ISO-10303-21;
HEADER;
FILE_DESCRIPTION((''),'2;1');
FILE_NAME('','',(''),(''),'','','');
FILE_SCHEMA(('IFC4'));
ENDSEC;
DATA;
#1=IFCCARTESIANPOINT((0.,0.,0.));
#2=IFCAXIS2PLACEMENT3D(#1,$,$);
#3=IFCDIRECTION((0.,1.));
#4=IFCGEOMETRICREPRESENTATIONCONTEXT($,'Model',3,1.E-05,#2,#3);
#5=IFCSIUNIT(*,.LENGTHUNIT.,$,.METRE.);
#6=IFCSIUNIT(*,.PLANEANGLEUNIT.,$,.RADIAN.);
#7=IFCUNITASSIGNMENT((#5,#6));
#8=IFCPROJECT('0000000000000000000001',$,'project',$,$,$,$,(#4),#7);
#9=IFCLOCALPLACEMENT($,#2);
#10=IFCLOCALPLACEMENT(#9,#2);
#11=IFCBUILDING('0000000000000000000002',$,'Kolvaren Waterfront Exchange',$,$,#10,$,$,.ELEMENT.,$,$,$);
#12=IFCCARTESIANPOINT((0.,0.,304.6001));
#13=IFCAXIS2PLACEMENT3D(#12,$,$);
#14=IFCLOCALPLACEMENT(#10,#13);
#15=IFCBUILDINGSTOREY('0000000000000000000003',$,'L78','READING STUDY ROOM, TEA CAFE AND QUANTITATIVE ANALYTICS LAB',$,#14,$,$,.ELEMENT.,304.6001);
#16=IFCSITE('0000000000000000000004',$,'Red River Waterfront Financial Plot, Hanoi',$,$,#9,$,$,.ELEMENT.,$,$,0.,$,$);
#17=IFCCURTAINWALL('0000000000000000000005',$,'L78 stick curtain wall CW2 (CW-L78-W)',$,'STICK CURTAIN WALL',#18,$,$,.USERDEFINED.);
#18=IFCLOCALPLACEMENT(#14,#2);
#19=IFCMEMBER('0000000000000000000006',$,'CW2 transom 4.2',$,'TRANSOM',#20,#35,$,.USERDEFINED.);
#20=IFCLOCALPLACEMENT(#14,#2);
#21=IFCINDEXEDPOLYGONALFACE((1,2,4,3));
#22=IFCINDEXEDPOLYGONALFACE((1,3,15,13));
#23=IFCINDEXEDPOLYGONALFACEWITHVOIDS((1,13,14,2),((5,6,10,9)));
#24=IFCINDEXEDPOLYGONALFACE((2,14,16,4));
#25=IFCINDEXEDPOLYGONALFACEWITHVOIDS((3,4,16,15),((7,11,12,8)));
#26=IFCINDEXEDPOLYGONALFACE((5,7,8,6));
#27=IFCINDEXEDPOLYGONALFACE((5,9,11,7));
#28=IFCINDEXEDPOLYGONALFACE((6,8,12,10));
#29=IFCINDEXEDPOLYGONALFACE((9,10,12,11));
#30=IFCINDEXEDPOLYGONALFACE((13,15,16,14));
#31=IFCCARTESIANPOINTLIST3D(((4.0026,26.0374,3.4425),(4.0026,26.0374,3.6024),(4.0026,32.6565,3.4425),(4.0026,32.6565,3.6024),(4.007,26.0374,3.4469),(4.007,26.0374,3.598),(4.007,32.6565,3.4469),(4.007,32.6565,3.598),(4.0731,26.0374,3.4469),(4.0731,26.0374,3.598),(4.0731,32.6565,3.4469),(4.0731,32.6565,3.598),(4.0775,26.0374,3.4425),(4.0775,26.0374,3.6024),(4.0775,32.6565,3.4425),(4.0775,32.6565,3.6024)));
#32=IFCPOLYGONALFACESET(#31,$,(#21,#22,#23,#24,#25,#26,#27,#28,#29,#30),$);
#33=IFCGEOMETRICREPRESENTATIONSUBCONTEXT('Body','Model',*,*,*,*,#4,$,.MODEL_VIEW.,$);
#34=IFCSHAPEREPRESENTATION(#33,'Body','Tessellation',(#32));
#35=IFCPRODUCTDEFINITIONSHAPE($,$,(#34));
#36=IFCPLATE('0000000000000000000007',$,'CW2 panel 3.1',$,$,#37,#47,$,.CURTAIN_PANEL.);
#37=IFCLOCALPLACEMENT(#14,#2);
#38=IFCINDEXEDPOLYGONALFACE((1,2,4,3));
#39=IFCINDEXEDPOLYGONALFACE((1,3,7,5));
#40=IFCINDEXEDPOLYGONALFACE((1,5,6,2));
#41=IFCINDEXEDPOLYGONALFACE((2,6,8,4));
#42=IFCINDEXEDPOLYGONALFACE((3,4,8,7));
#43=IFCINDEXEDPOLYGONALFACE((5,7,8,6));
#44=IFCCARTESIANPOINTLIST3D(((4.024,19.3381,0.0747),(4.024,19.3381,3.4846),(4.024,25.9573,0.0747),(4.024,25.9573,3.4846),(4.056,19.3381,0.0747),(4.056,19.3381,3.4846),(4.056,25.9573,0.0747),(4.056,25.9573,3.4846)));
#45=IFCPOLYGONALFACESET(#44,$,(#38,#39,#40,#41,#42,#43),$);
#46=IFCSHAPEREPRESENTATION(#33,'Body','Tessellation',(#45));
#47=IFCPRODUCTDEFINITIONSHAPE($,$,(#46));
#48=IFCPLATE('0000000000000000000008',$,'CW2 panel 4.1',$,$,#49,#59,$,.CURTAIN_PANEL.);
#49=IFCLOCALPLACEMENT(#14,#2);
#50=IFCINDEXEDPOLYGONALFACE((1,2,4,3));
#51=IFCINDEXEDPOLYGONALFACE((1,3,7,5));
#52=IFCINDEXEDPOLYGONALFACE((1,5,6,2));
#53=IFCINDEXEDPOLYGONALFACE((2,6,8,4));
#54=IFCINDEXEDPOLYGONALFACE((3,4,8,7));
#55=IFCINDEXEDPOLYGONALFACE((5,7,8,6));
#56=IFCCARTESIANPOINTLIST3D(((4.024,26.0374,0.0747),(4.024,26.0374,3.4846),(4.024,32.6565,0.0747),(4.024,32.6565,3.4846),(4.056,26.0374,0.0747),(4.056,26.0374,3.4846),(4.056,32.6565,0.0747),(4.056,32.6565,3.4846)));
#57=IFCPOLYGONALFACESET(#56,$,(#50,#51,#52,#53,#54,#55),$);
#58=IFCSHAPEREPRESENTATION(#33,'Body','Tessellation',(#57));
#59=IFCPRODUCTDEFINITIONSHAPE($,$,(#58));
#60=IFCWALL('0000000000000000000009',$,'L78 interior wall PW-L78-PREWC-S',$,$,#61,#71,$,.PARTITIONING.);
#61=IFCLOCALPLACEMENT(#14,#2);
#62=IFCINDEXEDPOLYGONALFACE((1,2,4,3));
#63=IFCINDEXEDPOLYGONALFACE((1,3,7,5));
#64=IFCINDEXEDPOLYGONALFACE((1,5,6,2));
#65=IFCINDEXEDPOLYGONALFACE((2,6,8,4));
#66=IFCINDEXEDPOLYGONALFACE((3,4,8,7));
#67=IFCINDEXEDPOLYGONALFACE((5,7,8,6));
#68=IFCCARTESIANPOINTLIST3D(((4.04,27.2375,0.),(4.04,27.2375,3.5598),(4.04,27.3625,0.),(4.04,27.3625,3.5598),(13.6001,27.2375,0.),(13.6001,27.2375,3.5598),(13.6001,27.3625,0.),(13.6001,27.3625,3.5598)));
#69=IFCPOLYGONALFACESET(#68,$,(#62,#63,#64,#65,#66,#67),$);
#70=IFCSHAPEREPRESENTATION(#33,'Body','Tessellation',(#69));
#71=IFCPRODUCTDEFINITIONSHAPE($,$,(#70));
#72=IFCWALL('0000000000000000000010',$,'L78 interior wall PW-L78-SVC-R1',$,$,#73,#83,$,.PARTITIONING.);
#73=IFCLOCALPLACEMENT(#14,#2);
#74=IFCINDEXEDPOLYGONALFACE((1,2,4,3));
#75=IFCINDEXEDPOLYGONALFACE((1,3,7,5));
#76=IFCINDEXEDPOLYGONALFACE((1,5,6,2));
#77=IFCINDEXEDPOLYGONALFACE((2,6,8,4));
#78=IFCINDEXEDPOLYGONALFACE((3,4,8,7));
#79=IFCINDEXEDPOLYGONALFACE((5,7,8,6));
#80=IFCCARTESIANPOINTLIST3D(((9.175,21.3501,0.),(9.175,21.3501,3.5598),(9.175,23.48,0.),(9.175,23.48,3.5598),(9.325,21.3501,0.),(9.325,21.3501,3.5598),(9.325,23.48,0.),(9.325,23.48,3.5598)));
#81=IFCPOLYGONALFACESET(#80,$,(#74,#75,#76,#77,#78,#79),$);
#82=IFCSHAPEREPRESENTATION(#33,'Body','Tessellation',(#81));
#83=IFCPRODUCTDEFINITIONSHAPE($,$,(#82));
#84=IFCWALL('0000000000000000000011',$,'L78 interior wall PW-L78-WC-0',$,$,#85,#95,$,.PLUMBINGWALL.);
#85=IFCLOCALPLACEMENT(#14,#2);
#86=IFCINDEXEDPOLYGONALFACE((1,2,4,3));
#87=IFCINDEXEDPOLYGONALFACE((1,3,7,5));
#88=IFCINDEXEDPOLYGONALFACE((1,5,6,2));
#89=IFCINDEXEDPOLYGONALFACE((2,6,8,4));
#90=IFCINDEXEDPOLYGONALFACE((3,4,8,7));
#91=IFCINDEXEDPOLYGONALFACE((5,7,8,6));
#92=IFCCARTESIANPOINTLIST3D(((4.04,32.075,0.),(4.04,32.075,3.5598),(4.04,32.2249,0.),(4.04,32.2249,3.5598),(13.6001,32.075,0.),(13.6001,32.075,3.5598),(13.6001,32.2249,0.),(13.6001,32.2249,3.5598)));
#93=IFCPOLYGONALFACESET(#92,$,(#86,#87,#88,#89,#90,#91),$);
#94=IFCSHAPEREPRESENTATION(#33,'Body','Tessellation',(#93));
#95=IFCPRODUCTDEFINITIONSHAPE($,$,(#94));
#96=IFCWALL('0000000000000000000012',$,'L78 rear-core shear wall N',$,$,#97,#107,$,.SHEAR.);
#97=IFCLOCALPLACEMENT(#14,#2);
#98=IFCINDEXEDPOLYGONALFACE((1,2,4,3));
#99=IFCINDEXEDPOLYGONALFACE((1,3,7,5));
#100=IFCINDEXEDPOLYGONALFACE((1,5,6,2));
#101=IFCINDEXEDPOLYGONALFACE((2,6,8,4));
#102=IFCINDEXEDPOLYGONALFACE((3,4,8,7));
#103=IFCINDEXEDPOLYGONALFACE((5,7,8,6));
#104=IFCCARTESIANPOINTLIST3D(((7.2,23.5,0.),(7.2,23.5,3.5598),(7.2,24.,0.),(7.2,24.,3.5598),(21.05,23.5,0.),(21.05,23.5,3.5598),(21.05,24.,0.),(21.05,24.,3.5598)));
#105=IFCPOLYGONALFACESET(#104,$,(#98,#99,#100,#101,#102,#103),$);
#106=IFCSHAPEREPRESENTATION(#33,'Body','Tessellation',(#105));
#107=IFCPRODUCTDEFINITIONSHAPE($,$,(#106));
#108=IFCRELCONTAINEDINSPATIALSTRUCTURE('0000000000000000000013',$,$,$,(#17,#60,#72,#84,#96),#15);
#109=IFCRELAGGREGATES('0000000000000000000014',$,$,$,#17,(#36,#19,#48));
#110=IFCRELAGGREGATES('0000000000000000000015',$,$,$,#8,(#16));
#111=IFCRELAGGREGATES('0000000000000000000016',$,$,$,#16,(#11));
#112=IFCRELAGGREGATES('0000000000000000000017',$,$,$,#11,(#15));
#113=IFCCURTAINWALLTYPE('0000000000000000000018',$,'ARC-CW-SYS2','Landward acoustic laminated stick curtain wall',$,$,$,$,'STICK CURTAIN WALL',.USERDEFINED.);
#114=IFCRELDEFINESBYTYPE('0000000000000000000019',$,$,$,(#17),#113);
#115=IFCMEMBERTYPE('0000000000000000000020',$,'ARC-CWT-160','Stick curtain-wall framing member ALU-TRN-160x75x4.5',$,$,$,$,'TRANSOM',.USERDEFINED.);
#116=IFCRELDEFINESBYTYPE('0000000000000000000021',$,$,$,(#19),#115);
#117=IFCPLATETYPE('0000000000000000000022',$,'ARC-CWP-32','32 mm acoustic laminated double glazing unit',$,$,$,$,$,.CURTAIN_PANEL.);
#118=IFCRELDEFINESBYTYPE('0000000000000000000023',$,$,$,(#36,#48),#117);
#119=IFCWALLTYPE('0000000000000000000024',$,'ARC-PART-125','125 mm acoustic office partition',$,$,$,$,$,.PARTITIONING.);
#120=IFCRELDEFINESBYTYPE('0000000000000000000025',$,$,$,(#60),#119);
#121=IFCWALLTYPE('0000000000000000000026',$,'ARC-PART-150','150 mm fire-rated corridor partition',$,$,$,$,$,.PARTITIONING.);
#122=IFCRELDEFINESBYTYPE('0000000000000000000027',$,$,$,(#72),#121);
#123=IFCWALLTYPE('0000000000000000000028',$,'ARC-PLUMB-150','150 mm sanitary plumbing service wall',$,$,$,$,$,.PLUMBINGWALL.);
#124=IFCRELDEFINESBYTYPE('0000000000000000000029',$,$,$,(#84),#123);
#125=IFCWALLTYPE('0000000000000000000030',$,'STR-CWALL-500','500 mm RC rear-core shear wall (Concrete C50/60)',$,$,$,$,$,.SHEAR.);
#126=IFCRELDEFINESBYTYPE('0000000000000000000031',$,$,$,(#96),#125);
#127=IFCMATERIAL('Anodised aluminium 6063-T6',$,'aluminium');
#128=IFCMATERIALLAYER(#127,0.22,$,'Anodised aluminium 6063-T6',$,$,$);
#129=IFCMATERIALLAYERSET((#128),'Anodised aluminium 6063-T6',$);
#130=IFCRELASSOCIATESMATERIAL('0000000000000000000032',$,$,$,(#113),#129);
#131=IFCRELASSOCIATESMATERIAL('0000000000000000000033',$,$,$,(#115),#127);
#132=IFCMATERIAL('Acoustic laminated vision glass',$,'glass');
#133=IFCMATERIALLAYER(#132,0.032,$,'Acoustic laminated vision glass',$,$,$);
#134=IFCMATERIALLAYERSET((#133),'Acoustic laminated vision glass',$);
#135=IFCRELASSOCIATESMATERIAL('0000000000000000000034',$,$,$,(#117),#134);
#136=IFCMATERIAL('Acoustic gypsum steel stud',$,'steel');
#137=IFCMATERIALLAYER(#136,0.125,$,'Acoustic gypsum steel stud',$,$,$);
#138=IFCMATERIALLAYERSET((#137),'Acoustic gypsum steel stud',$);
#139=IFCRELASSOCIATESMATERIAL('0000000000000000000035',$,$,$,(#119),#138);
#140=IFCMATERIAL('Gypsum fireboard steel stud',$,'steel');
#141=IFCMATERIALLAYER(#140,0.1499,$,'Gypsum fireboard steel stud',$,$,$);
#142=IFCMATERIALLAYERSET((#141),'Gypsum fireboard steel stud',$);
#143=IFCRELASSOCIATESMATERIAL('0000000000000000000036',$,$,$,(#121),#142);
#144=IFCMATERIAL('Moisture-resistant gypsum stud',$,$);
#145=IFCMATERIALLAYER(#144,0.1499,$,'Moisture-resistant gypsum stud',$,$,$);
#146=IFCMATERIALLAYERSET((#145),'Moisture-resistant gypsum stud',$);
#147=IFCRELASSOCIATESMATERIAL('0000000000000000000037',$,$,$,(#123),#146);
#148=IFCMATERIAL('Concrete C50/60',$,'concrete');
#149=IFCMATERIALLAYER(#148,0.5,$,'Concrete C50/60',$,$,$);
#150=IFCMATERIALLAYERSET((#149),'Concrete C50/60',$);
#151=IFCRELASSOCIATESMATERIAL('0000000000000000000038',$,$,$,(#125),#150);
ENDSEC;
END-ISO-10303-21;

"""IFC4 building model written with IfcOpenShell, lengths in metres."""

from ifc_helpers import new_model, si_unit, direction, frame, frame_2d, origin, origin_with_axes, origin_2d, place, context, subcontext, project, spatial, rectangle, hollow_rectangle, extrude, source, transform, mapped, material, layer, layer_set, material_profile, profile_set, type_object, element, aggregate, save


model = new_model("IFC4")

# Units and contexts
model_context = context("Model", 3, precision=1e-05, world=origin(), true_north=direction((0.0, 1.0)))
body_context = subcontext(model_context, "Body", "Model", "MODEL_VIEW")
ifc_project = project(units=[si_unit("LENGTHUNIT", "METRE"), si_unit("PLANEANGLEUNIT", "RADIAN")], contexts=[model_context])

# Site, building, storey
site_placement = place(None, origin())
site = spatial("IfcSite", under=ifc_project, at=site_placement, Name="Red River Waterfront Financial Plot, Hanoi", CompositionType="ELEMENT", RefElevation=0.0)
building_placement = place(site_placement, origin())
building = spatial("IfcBuilding", under=site, at=building_placement, Name="Kolvaren Waterfront Exchange", CompositionType="ELEMENT")
storey_placement = place(building_placement, frame((0.0, 0.0, 304.6001)))
storey = spatial("IfcBuildingStorey", under=building, at=storey_placement, Name="L78", Description="READING STUDY ROOM, TEA CAFE AND QUANTITATIVE ANALYTICS LAB", CompositionType="ELEMENT", Elevation=304.6001)

# Shared definitions
ifc_material_1 = material(Name="Concrete C50/60", Category="concrete")

# Curtain wall, member, plates
ifc_material_2 = material(Name="Anodised aluminium 6063-T6", Category="aluminium")
ifc_layer_1 = layer(ifc_material_2, 0.22, Name="Anodised aluminium 6063-T6")
ifc_layer_set_1 = layer_set([ifc_layer_1], Name="Anodised aluminium 6063-T6")
curtain_wall_type = type_object("IfcCurtainWallType", Name="ARC-CW-SYS2", Description="Landward acoustic laminated stick curtain wall", ElementType="STICK CURTAIN WALL", PredefinedType="USERDEFINED", material=ifc_layer_set_1)
curtain_wall_placement = place(storey_placement, origin())
curtain_wall = element("IfcCurtainWall", 1, at=curtain_wall_placement, inside=storey, type_object=curtain_wall_type, Name="L78 stick curtain wall CW2 (CW-L78-W)", ObjectType="STICK CURTAIN WALL", PredefinedType="USERDEFINED")
ifc_material_profile_1 = material_profile(ifc_material_2, hollow_rectangle(XDim=0.075, YDim=0.1599, WallThickness=0.0044, at=origin_2d()), Name="ALU-TRN-160x75x4.5")
ifc_profile_set_1 = profile_set([ifc_material_profile_1], Name="Anodised aluminium 6063-T6")
member_type_1 = type_object("IfcMemberType", Name="ARC-CWT-160", Description="Stick curtain-wall framing member ALU-TRN-160x75x4.5", ElementType="TRANSOM", PredefinedType="USERDEFINED", material=ifc_profile_set_1)
shared_shape_1 = source(origin_with_axes(), body_context, "Body", "SweptSolid", [
    extrude(hollow_rectangle(XDim=0.075, YDim=0.1599, WallThickness=0.0044, at=origin_2d()), origin(), (0.0, 0.0, 1.0), 6.6191),
])
member_1_placement = place(storey_placement, frame((4.04, 26.0374, 3.5225), z_axis=(0.0, 1.0, 0.0), x_axis=(-1.0, 0.0, 0.0)))
member_1 = element("IfcMember", 2, at=member_1_placement, type_object=member_type_1, Name="CW2 transom 4.2", ObjectType="TRANSOM", PredefinedType="USERDEFINED", context=body_context, shape_type="MappedRepresentation", body=[
    mapped(shared_shape_1, transform((0.0, 0.0, 0.0), x_axis=(1.0, 0.0, 0.0), y_axis=(0.0, 1.0, 0.0), z_axis=(0.0, 0.0, 1.0), scale=1.0)),
])
ifc_material_3 = material(Name="Acoustic laminated vision glass", Category="glass")
ifc_layer_2 = layer(ifc_material_3, 0.032, Name="Acoustic laminated vision glass")
ifc_layer_set_2 = layer_set([ifc_layer_2], Name="Acoustic laminated vision glass")
plate_type = type_object("IfcPlateType", Name="ARC-CWP-32", Description="32 mm acoustic laminated double glazing unit", PredefinedType="CURTAIN_PANEL", material=ifc_layer_set_2)
shared_shape_2 = source(origin_with_axes(), body_context, "Body", "SweptSolid", [
    extrude(rectangle(XDim=6.6191, YDim=0.032, at=origin_2d()), origin(), (0.0, 0.0, 1.0), 3.4099),
])
plate_1_placement = place(storey_placement, frame((4.04, 22.6477, 0.0747), z_axis=(0.0, 0.0, 1.0), x_axis=(0.0, 1.0, 0.0)))
plate_1 = element("IfcPlate", 3, at=plate_1_placement, type_object=plate_type, Name="CW2 panel 3.1", PredefinedType="CURTAIN_PANEL", context=body_context, shape_type="MappedRepresentation", body=[
    mapped(shared_shape_2, transform((0.0, 0.0, 0.0), x_axis=(1.0, 0.0, 0.0), y_axis=(0.0, 1.0, 0.0), z_axis=(0.0, 0.0, 1.0), scale=1.0)),
])
plate_2_placement = place(storey_placement, frame((4.04, 29.3469, 0.0747), z_axis=(0.0, 0.0, 1.0), x_axis=(0.0, 1.0, 0.0)))
plate_2 = element("IfcPlate", 4, at=plate_2_placement, type_object=plate_type, Name="CW2 panel 4.1", PredefinedType="CURTAIN_PANEL", context=body_context, shape_type="MappedRepresentation", body=[
    mapped(shared_shape_2, transform((0.0, 0.0, 0.0), x_axis=(1.0, 0.0, 0.0), y_axis=(0.0, 1.0, 0.0), z_axis=(0.0, 0.0, 1.0), scale=1.0)),
])
aggregate(curtain_wall, [plate_1, member_1, plate_2])

# Walls
ifc_material_4 = material(Name="Acoustic gypsum steel stud", Category="steel")
ifc_layer_3 = layer(ifc_material_4, 0.125, Name="Acoustic gypsum steel stud")
ifc_layer_set_3 = layer_set([ifc_layer_3], Name="Acoustic gypsum steel stud")
wall_type_1 = type_object("IfcWallType", Name="ARC-PART-125", Description="125 mm acoustic office partition", PredefinedType="PARTITIONING", material=ifc_layer_set_3)
wall_1_placement = place(storey_placement, frame((4.04, 27.3, 0.0), z_axis=(0.0, 0.0, 1.0), x_axis=(1.0, 0.0, 0.0)))
element("IfcWall", 5, at=wall_1_placement, inside=storey, type_object=wall_type_1, Name="L78 interior wall PW-L78-PREWC-S", PredefinedType="PARTITIONING", context=body_context, shape_type="SweptSolid", body=[
    extrude(rectangle(XDim=9.5601, YDim=0.125, at=frame_2d((4.78, 0.0))), origin(), (0.0, 0.0, 1.0), 3.5598),
])
ifc_material_5 = material(Name="Gypsum fireboard steel stud", Category="steel")
ifc_layer_4 = layer(ifc_material_5, 0.1499, Name="Gypsum fireboard steel stud")
ifc_layer_set_4 = layer_set([ifc_layer_4], Name="Gypsum fireboard steel stud")
wall_type_2 = type_object("IfcWallType", Name="ARC-PART-150", Description="150 mm fire-rated corridor partition", PredefinedType="PARTITIONING", material=ifc_layer_set_4)
wall_2_placement = place(storey_placement, frame((9.25, 21.3501, 0.0), z_axis=(0.0, 0.0, 1.0), x_axis=(0.0, 1.0, 0.0)))
element("IfcWall", 6, at=wall_2_placement, inside=storey, type_object=wall_type_2, Name="L78 interior wall PW-L78-SVC-R1", PredefinedType="PARTITIONING", context=body_context, shape_type="SweptSolid", body=[
    extrude(rectangle(XDim=2.1299, YDim=0.1499, at=frame_2d((1.0649, 0.0))), origin(), (0.0, 0.0, 1.0), 3.5598),
])

# Walls
ifc_material_6 = material(Name="Moisture-resistant gypsum stud")
ifc_layer_5 = layer(ifc_material_6, 0.1499, Name="Moisture-resistant gypsum stud")
ifc_layer_set_5 = layer_set([ifc_layer_5], Name="Moisture-resistant gypsum stud")
wall_type_3 = type_object("IfcWallType", Name="ARC-PLUMB-150", Description="150 mm sanitary plumbing service wall", PredefinedType="PLUMBINGWALL", material=ifc_layer_set_5)
wall_3_placement = place(storey_placement, frame((4.04, 32.1499, 0.0), z_axis=(0.0, 0.0, 1.0), x_axis=(1.0, 0.0, 0.0)))
element("IfcWall", 7, at=wall_3_placement, inside=storey, type_object=wall_type_3, Name="L78 interior wall PW-L78-WC-0", PredefinedType="PLUMBINGWALL", context=body_context, shape_type="SweptSolid", body=[
    extrude(rectangle(XDim=9.5601, YDim=0.1499, at=frame_2d((4.78, 0.0))), origin(), (0.0, 0.0, 1.0), 3.5598),
])
ifc_layer_6 = layer(ifc_material_1, 0.5, Name="Concrete C50/60")
ifc_layer_set_6 = layer_set([ifc_layer_6], Name="Concrete C50/60")
wall_type_4 = type_object("IfcWallType", Name="STR-CWALL-500", Description="500 mm RC rear-core shear wall (Concrete C50/60)", PredefinedType="SHEAR", material=ifc_layer_set_6)
wall_4_placement = place(storey_placement, frame((7.2, 23.75, 0.0), z_axis=(0.0, 0.0, 1.0), x_axis=(1.0, 0.0, 0.0)))
element("IfcWall", 8, at=wall_4_placement, inside=storey, type_object=wall_type_4, Name="L78 rear-core shear wall N", PredefinedType="SHEAR", context=body_context, shape_type="SweptSolid", body=[
    extrude(rectangle(XDim=13.8501, YDim=0.5, at=frame_2d((6.925, 0.0))), origin(), (0.0, 0.0, 1.0), 3.5598),
])

save(model, "model.ifc")
